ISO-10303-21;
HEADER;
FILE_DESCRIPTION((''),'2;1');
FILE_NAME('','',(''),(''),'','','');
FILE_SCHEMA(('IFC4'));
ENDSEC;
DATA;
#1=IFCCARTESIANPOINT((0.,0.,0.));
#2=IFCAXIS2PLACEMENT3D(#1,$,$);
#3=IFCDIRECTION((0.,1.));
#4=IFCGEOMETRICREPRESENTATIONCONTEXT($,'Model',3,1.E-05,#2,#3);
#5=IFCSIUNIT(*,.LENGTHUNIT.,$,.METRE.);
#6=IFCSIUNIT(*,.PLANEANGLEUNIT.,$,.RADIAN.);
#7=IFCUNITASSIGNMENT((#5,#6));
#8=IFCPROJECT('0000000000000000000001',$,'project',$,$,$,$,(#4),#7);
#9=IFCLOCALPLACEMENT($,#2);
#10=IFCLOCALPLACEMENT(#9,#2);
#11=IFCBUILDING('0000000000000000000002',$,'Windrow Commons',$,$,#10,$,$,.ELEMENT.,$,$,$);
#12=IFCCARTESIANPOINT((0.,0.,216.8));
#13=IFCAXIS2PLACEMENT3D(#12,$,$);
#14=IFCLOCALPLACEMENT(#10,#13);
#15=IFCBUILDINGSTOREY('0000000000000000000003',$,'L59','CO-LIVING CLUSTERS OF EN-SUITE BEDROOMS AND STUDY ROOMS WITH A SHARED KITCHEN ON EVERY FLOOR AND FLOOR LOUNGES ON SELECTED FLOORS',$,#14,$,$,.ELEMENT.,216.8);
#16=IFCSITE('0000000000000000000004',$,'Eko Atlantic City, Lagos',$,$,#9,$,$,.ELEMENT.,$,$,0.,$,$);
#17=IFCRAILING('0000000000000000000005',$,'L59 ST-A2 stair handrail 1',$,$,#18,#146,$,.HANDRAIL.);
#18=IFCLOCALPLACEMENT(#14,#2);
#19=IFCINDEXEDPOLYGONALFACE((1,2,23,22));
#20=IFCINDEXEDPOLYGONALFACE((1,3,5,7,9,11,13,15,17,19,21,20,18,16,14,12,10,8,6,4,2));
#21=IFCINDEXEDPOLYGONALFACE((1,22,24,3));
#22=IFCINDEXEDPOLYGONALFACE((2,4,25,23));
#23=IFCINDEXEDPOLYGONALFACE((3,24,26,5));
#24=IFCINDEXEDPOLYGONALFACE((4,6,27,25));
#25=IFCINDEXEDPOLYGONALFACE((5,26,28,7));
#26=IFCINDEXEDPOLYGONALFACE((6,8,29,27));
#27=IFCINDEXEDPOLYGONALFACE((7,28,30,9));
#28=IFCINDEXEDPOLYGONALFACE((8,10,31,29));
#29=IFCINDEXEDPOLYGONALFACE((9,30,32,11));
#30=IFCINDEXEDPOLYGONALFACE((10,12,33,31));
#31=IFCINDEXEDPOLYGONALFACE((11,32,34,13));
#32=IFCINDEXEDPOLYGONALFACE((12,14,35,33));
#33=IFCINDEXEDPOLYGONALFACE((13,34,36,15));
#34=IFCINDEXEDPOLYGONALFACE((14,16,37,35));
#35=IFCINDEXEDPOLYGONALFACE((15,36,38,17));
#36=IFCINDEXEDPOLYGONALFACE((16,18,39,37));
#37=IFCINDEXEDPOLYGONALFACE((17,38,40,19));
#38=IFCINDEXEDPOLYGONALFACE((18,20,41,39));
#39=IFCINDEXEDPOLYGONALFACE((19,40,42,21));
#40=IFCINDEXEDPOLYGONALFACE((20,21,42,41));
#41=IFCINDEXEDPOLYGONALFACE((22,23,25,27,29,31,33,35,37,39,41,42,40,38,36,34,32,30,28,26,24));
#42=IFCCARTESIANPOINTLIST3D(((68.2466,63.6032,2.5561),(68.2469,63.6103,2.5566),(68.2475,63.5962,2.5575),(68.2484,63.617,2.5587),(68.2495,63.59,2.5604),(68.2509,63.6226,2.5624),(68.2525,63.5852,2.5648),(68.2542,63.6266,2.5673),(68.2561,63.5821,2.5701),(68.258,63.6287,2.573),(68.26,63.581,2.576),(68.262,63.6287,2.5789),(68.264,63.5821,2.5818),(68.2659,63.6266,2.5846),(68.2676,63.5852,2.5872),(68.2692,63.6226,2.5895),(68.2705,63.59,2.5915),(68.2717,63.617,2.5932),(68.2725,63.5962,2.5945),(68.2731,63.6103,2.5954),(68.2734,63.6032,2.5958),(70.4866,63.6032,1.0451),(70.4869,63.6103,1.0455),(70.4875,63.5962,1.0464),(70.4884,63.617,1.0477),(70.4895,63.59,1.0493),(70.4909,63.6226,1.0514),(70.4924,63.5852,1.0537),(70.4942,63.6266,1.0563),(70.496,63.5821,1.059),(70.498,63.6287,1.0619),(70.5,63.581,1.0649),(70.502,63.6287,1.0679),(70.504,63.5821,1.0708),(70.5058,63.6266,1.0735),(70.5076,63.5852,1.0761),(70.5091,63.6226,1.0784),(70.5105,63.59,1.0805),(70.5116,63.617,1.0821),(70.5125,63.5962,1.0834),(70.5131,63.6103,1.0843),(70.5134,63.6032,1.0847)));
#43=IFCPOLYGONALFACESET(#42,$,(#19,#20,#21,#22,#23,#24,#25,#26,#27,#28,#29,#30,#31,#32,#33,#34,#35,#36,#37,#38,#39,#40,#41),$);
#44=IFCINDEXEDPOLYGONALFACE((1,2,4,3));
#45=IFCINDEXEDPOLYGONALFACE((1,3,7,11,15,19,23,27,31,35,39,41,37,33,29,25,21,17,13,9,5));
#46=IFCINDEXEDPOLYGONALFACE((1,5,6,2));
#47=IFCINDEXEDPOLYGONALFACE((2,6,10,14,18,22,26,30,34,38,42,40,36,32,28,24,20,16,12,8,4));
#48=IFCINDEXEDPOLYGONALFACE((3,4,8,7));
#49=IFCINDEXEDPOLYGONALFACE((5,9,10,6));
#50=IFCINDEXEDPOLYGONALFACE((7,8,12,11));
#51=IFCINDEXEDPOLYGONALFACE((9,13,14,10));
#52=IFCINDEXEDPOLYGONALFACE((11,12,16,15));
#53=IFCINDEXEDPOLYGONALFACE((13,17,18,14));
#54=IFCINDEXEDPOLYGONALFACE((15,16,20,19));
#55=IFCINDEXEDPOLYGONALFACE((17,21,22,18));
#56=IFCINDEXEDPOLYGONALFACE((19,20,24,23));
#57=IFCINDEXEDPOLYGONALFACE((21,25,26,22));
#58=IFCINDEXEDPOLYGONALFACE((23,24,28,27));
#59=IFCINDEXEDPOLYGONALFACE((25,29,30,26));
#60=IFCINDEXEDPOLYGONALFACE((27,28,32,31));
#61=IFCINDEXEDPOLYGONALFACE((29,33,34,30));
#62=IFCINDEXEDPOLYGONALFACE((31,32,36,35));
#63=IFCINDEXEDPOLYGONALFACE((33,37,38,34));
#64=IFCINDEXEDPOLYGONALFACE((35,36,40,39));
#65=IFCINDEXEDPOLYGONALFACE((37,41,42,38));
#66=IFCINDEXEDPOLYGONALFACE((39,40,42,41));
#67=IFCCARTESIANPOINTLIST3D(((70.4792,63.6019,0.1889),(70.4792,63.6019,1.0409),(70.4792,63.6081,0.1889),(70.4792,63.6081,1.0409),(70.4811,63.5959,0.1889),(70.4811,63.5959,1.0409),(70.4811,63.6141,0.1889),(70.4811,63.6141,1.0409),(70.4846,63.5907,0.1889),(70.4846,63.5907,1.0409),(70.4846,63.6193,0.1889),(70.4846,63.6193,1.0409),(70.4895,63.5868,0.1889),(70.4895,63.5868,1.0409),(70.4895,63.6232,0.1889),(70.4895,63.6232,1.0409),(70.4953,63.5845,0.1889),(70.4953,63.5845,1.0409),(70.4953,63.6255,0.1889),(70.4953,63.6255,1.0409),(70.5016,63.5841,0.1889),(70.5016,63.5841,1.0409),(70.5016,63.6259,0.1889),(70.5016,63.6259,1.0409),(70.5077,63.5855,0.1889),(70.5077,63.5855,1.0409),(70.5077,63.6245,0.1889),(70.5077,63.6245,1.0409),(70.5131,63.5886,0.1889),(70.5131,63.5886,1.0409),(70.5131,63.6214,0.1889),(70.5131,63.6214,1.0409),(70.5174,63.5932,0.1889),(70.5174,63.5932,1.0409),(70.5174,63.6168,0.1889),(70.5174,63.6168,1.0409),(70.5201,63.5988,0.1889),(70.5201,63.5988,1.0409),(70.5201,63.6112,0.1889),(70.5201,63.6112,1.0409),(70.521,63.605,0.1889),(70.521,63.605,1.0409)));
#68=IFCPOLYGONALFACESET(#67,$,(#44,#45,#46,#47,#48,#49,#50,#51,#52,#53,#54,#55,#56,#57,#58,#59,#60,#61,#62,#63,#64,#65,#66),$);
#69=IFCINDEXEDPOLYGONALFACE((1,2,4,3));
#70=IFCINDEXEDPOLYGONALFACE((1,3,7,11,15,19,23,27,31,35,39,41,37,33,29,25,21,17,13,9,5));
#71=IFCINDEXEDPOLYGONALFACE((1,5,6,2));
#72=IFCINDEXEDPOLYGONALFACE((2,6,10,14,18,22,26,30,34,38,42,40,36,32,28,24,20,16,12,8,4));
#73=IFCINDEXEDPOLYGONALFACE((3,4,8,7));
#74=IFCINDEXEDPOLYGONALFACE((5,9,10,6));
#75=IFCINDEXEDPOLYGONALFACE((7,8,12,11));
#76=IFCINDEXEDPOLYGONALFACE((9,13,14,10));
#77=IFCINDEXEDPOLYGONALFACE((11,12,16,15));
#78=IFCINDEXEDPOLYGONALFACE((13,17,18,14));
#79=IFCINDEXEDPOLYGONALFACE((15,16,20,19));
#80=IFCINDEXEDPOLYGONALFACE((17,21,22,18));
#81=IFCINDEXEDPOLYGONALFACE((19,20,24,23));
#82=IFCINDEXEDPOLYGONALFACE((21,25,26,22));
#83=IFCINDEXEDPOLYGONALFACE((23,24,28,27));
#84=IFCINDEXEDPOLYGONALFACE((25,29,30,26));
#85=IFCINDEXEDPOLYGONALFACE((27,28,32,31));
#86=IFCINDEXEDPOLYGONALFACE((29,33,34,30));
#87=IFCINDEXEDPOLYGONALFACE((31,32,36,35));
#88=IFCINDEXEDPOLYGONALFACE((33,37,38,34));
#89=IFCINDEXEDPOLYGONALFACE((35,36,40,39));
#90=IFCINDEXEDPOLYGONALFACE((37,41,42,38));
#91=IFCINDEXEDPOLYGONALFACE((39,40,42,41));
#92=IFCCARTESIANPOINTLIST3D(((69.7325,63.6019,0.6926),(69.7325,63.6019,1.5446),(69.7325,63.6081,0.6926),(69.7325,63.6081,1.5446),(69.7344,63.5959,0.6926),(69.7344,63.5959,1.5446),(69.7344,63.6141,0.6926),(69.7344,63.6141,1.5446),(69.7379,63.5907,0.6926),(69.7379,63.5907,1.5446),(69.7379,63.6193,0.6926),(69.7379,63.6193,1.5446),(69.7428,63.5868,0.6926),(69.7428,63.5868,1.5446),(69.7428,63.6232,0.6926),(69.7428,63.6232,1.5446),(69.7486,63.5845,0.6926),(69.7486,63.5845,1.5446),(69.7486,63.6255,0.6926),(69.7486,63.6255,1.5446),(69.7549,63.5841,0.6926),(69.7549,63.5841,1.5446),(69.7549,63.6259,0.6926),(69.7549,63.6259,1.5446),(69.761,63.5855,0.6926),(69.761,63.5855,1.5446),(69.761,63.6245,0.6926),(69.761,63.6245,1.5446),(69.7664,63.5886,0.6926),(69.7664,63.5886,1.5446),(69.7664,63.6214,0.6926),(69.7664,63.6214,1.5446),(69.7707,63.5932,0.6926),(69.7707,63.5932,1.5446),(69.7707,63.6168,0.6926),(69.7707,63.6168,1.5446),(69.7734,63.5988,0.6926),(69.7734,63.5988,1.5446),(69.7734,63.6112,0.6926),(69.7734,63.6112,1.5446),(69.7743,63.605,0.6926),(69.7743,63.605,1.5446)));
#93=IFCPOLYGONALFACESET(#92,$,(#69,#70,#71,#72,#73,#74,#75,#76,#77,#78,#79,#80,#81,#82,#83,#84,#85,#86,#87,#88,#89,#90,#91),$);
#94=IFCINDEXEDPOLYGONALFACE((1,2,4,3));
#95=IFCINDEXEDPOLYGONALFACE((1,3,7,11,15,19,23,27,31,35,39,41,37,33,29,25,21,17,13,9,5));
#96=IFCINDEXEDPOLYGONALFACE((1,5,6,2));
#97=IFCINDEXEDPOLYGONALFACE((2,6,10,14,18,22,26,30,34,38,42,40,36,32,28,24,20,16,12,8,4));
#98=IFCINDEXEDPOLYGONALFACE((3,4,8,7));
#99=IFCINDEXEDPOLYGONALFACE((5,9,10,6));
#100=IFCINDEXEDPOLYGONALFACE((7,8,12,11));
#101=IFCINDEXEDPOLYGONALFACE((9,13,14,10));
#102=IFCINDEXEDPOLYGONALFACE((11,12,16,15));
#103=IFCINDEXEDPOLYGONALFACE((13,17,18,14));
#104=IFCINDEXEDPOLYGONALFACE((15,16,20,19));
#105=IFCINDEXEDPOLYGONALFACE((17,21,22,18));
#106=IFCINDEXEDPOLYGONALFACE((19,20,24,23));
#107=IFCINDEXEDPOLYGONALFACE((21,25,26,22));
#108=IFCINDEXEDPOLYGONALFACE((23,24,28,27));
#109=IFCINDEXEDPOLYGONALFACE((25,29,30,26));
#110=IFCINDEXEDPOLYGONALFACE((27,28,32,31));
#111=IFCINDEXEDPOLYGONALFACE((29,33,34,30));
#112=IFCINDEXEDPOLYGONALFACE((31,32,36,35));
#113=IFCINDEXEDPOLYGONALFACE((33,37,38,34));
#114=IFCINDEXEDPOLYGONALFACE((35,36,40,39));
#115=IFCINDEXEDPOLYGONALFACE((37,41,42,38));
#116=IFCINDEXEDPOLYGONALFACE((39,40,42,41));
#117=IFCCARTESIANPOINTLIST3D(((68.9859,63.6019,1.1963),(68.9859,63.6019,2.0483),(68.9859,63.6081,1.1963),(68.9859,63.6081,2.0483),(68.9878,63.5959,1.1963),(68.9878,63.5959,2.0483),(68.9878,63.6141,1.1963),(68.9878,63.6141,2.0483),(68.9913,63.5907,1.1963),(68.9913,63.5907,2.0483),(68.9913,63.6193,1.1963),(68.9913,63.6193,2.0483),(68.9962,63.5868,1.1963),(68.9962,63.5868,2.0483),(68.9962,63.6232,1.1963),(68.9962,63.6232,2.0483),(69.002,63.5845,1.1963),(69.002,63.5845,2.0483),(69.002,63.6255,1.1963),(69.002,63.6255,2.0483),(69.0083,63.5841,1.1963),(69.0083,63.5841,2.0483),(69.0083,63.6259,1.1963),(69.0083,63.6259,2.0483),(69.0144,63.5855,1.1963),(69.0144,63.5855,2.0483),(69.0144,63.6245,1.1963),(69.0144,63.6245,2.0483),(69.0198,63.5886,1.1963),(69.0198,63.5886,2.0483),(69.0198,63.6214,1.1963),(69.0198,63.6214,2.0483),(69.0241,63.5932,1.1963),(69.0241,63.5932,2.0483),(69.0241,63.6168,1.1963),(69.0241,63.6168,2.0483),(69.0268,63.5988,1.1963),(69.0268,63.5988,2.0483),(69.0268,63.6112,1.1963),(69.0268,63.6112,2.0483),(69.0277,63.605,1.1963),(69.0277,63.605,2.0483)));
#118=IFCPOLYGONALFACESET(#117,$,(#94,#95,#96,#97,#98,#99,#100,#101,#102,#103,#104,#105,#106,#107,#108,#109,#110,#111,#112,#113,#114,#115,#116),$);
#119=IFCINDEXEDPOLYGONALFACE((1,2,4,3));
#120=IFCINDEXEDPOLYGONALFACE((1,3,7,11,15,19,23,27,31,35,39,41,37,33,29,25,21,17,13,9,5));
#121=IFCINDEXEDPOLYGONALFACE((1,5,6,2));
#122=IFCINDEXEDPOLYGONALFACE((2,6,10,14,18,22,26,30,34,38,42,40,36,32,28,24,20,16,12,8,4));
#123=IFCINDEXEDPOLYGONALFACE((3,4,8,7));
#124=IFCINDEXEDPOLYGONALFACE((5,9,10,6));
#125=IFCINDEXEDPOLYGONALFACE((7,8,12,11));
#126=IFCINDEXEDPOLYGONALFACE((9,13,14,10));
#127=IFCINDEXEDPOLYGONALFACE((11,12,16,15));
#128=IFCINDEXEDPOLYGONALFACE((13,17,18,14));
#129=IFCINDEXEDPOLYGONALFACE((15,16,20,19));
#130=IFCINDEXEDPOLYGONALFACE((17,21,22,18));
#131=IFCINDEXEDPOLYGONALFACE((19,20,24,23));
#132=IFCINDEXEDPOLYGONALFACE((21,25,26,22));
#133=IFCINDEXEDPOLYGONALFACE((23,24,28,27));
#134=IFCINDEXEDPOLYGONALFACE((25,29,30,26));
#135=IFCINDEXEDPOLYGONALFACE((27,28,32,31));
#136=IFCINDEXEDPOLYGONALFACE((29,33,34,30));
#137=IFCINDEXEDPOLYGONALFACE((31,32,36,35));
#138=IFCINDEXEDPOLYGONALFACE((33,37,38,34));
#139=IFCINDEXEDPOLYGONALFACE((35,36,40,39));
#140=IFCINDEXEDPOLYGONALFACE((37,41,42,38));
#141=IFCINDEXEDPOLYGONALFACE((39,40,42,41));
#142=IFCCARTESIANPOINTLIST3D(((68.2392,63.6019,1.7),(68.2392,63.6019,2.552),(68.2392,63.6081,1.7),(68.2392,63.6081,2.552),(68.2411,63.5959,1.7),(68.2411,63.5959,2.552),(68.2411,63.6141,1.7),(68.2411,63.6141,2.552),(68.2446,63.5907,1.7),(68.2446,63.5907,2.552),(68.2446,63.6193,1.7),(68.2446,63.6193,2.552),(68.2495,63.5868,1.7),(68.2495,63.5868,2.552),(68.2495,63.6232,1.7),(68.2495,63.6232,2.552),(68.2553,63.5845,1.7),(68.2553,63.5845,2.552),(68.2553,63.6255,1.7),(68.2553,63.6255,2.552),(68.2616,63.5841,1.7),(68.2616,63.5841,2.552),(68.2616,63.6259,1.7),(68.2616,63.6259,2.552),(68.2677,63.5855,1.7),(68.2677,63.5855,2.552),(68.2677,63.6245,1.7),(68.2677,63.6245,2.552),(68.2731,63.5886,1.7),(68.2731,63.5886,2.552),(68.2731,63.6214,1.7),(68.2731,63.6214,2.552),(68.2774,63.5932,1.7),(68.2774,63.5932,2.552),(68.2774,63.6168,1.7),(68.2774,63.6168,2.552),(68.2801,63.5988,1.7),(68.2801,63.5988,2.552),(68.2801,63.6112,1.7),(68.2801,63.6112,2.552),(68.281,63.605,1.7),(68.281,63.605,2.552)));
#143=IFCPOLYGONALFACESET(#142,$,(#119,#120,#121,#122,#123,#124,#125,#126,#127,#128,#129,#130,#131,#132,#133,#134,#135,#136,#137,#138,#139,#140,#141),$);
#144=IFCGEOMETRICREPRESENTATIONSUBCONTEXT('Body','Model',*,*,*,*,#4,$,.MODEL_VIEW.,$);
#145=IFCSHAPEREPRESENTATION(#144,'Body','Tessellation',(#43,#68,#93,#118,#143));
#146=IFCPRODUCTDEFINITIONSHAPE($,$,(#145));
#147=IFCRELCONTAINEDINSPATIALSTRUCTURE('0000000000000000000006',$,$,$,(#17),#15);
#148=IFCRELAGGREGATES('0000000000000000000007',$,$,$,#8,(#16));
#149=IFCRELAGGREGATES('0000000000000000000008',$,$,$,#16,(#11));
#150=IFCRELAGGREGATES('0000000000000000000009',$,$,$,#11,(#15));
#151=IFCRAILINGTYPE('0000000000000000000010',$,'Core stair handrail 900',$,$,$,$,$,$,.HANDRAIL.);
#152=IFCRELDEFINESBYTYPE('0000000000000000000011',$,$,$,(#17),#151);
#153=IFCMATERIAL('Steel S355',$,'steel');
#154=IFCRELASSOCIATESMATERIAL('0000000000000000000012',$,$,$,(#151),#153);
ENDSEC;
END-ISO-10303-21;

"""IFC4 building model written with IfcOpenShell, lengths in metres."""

from ifc_helpers import new_model, si_unit, direction, frame, origin, origin_2d, place, context, subcontext, project, spatial, circle, extrude, material, type_object, element, save


model = new_model("IFC4")

# Units and contexts
model_context = context("Model", 3, precision=1e-05, world=origin(), true_north=direction((0.0, 1.0)))
body_context = subcontext(model_context, "Body", "Model", "MODEL_VIEW")
ifc_project = project(units=[si_unit("LENGTHUNIT", "METRE"), si_unit("PLANEANGLEUNIT", "RADIAN")], contexts=[model_context])

# Site, building, storey
site_placement = place(None, origin())
site = spatial("IfcSite", under=ifc_project, at=site_placement, Name="Eko Atlantic City, Lagos", CompositionType="ELEMENT", RefElevation=0.0)
building_placement = place(site_placement, origin())
building = spatial("IfcBuilding", under=site, at=building_placement, Name="Windrow Commons", CompositionType="ELEMENT")
storey_placement = place(building_placement, frame((0.0, 0.0, 216.8)))
storey = spatial("IfcBuildingStorey", under=building, at=storey_placement, Name="L59", Description="CO-LIVING CLUSTERS OF EN-SUITE BEDROOMS AND STUDY ROOMS WITH A SHARED KITCHEN ON EVERY FLOOR AND FLOOR LOUNGES ON SELECTED FLOORS", CompositionType="ELEMENT", Elevation=216.8)

# Railing
ifc_material_1 = material(Name="Steel S355", Category="steel")
railing_type_1 = type_object("IfcRailingType", Name="Core stair handrail 900", PredefinedType="HANDRAIL", material=ifc_material_1)
railing_1_placement = place(storey_placement, frame((70.5, 63.605, 0.1889)))
element("IfcRailing", 1, at=railing_1_placement, inside=storey, type_object=railing_type_1, Name="L59 ST-A2 stair handrail 1", PredefinedType="HANDRAIL", context=body_context, shape_type="SweptSolid", body=[
    extrude(circle(Radius=0.024, at=origin_2d()), frame((0.0, 0.0, 0.876), z_axis=(-0.829003, 0.0, 0.559244), x_axis=(0.0, -1.0, 0.0)), (0.0, 0.0, 1.0), 2.702),
    extrude(circle(Radius=0.021, at=origin_2d()), origin(), (0.0, 0.0, 1.0), 0.852),
    extrude(circle(Radius=0.021, at=origin_2d()), frame((-0.7467, 0.0, 0.5037)), (0.0, 0.0, 1.0), 0.852),
    extrude(circle(Radius=0.021, at=origin_2d()), frame((-1.4933, 0.0, 1.0074)), (0.0, 0.0, 1.0), 0.852),
    extrude(circle(Radius=0.021, at=origin_2d()), frame((-2.24, 0.0, 1.5111)), (0.0, 0.0, 1.0), 0.852),
])

save(model, "model.ifc")
